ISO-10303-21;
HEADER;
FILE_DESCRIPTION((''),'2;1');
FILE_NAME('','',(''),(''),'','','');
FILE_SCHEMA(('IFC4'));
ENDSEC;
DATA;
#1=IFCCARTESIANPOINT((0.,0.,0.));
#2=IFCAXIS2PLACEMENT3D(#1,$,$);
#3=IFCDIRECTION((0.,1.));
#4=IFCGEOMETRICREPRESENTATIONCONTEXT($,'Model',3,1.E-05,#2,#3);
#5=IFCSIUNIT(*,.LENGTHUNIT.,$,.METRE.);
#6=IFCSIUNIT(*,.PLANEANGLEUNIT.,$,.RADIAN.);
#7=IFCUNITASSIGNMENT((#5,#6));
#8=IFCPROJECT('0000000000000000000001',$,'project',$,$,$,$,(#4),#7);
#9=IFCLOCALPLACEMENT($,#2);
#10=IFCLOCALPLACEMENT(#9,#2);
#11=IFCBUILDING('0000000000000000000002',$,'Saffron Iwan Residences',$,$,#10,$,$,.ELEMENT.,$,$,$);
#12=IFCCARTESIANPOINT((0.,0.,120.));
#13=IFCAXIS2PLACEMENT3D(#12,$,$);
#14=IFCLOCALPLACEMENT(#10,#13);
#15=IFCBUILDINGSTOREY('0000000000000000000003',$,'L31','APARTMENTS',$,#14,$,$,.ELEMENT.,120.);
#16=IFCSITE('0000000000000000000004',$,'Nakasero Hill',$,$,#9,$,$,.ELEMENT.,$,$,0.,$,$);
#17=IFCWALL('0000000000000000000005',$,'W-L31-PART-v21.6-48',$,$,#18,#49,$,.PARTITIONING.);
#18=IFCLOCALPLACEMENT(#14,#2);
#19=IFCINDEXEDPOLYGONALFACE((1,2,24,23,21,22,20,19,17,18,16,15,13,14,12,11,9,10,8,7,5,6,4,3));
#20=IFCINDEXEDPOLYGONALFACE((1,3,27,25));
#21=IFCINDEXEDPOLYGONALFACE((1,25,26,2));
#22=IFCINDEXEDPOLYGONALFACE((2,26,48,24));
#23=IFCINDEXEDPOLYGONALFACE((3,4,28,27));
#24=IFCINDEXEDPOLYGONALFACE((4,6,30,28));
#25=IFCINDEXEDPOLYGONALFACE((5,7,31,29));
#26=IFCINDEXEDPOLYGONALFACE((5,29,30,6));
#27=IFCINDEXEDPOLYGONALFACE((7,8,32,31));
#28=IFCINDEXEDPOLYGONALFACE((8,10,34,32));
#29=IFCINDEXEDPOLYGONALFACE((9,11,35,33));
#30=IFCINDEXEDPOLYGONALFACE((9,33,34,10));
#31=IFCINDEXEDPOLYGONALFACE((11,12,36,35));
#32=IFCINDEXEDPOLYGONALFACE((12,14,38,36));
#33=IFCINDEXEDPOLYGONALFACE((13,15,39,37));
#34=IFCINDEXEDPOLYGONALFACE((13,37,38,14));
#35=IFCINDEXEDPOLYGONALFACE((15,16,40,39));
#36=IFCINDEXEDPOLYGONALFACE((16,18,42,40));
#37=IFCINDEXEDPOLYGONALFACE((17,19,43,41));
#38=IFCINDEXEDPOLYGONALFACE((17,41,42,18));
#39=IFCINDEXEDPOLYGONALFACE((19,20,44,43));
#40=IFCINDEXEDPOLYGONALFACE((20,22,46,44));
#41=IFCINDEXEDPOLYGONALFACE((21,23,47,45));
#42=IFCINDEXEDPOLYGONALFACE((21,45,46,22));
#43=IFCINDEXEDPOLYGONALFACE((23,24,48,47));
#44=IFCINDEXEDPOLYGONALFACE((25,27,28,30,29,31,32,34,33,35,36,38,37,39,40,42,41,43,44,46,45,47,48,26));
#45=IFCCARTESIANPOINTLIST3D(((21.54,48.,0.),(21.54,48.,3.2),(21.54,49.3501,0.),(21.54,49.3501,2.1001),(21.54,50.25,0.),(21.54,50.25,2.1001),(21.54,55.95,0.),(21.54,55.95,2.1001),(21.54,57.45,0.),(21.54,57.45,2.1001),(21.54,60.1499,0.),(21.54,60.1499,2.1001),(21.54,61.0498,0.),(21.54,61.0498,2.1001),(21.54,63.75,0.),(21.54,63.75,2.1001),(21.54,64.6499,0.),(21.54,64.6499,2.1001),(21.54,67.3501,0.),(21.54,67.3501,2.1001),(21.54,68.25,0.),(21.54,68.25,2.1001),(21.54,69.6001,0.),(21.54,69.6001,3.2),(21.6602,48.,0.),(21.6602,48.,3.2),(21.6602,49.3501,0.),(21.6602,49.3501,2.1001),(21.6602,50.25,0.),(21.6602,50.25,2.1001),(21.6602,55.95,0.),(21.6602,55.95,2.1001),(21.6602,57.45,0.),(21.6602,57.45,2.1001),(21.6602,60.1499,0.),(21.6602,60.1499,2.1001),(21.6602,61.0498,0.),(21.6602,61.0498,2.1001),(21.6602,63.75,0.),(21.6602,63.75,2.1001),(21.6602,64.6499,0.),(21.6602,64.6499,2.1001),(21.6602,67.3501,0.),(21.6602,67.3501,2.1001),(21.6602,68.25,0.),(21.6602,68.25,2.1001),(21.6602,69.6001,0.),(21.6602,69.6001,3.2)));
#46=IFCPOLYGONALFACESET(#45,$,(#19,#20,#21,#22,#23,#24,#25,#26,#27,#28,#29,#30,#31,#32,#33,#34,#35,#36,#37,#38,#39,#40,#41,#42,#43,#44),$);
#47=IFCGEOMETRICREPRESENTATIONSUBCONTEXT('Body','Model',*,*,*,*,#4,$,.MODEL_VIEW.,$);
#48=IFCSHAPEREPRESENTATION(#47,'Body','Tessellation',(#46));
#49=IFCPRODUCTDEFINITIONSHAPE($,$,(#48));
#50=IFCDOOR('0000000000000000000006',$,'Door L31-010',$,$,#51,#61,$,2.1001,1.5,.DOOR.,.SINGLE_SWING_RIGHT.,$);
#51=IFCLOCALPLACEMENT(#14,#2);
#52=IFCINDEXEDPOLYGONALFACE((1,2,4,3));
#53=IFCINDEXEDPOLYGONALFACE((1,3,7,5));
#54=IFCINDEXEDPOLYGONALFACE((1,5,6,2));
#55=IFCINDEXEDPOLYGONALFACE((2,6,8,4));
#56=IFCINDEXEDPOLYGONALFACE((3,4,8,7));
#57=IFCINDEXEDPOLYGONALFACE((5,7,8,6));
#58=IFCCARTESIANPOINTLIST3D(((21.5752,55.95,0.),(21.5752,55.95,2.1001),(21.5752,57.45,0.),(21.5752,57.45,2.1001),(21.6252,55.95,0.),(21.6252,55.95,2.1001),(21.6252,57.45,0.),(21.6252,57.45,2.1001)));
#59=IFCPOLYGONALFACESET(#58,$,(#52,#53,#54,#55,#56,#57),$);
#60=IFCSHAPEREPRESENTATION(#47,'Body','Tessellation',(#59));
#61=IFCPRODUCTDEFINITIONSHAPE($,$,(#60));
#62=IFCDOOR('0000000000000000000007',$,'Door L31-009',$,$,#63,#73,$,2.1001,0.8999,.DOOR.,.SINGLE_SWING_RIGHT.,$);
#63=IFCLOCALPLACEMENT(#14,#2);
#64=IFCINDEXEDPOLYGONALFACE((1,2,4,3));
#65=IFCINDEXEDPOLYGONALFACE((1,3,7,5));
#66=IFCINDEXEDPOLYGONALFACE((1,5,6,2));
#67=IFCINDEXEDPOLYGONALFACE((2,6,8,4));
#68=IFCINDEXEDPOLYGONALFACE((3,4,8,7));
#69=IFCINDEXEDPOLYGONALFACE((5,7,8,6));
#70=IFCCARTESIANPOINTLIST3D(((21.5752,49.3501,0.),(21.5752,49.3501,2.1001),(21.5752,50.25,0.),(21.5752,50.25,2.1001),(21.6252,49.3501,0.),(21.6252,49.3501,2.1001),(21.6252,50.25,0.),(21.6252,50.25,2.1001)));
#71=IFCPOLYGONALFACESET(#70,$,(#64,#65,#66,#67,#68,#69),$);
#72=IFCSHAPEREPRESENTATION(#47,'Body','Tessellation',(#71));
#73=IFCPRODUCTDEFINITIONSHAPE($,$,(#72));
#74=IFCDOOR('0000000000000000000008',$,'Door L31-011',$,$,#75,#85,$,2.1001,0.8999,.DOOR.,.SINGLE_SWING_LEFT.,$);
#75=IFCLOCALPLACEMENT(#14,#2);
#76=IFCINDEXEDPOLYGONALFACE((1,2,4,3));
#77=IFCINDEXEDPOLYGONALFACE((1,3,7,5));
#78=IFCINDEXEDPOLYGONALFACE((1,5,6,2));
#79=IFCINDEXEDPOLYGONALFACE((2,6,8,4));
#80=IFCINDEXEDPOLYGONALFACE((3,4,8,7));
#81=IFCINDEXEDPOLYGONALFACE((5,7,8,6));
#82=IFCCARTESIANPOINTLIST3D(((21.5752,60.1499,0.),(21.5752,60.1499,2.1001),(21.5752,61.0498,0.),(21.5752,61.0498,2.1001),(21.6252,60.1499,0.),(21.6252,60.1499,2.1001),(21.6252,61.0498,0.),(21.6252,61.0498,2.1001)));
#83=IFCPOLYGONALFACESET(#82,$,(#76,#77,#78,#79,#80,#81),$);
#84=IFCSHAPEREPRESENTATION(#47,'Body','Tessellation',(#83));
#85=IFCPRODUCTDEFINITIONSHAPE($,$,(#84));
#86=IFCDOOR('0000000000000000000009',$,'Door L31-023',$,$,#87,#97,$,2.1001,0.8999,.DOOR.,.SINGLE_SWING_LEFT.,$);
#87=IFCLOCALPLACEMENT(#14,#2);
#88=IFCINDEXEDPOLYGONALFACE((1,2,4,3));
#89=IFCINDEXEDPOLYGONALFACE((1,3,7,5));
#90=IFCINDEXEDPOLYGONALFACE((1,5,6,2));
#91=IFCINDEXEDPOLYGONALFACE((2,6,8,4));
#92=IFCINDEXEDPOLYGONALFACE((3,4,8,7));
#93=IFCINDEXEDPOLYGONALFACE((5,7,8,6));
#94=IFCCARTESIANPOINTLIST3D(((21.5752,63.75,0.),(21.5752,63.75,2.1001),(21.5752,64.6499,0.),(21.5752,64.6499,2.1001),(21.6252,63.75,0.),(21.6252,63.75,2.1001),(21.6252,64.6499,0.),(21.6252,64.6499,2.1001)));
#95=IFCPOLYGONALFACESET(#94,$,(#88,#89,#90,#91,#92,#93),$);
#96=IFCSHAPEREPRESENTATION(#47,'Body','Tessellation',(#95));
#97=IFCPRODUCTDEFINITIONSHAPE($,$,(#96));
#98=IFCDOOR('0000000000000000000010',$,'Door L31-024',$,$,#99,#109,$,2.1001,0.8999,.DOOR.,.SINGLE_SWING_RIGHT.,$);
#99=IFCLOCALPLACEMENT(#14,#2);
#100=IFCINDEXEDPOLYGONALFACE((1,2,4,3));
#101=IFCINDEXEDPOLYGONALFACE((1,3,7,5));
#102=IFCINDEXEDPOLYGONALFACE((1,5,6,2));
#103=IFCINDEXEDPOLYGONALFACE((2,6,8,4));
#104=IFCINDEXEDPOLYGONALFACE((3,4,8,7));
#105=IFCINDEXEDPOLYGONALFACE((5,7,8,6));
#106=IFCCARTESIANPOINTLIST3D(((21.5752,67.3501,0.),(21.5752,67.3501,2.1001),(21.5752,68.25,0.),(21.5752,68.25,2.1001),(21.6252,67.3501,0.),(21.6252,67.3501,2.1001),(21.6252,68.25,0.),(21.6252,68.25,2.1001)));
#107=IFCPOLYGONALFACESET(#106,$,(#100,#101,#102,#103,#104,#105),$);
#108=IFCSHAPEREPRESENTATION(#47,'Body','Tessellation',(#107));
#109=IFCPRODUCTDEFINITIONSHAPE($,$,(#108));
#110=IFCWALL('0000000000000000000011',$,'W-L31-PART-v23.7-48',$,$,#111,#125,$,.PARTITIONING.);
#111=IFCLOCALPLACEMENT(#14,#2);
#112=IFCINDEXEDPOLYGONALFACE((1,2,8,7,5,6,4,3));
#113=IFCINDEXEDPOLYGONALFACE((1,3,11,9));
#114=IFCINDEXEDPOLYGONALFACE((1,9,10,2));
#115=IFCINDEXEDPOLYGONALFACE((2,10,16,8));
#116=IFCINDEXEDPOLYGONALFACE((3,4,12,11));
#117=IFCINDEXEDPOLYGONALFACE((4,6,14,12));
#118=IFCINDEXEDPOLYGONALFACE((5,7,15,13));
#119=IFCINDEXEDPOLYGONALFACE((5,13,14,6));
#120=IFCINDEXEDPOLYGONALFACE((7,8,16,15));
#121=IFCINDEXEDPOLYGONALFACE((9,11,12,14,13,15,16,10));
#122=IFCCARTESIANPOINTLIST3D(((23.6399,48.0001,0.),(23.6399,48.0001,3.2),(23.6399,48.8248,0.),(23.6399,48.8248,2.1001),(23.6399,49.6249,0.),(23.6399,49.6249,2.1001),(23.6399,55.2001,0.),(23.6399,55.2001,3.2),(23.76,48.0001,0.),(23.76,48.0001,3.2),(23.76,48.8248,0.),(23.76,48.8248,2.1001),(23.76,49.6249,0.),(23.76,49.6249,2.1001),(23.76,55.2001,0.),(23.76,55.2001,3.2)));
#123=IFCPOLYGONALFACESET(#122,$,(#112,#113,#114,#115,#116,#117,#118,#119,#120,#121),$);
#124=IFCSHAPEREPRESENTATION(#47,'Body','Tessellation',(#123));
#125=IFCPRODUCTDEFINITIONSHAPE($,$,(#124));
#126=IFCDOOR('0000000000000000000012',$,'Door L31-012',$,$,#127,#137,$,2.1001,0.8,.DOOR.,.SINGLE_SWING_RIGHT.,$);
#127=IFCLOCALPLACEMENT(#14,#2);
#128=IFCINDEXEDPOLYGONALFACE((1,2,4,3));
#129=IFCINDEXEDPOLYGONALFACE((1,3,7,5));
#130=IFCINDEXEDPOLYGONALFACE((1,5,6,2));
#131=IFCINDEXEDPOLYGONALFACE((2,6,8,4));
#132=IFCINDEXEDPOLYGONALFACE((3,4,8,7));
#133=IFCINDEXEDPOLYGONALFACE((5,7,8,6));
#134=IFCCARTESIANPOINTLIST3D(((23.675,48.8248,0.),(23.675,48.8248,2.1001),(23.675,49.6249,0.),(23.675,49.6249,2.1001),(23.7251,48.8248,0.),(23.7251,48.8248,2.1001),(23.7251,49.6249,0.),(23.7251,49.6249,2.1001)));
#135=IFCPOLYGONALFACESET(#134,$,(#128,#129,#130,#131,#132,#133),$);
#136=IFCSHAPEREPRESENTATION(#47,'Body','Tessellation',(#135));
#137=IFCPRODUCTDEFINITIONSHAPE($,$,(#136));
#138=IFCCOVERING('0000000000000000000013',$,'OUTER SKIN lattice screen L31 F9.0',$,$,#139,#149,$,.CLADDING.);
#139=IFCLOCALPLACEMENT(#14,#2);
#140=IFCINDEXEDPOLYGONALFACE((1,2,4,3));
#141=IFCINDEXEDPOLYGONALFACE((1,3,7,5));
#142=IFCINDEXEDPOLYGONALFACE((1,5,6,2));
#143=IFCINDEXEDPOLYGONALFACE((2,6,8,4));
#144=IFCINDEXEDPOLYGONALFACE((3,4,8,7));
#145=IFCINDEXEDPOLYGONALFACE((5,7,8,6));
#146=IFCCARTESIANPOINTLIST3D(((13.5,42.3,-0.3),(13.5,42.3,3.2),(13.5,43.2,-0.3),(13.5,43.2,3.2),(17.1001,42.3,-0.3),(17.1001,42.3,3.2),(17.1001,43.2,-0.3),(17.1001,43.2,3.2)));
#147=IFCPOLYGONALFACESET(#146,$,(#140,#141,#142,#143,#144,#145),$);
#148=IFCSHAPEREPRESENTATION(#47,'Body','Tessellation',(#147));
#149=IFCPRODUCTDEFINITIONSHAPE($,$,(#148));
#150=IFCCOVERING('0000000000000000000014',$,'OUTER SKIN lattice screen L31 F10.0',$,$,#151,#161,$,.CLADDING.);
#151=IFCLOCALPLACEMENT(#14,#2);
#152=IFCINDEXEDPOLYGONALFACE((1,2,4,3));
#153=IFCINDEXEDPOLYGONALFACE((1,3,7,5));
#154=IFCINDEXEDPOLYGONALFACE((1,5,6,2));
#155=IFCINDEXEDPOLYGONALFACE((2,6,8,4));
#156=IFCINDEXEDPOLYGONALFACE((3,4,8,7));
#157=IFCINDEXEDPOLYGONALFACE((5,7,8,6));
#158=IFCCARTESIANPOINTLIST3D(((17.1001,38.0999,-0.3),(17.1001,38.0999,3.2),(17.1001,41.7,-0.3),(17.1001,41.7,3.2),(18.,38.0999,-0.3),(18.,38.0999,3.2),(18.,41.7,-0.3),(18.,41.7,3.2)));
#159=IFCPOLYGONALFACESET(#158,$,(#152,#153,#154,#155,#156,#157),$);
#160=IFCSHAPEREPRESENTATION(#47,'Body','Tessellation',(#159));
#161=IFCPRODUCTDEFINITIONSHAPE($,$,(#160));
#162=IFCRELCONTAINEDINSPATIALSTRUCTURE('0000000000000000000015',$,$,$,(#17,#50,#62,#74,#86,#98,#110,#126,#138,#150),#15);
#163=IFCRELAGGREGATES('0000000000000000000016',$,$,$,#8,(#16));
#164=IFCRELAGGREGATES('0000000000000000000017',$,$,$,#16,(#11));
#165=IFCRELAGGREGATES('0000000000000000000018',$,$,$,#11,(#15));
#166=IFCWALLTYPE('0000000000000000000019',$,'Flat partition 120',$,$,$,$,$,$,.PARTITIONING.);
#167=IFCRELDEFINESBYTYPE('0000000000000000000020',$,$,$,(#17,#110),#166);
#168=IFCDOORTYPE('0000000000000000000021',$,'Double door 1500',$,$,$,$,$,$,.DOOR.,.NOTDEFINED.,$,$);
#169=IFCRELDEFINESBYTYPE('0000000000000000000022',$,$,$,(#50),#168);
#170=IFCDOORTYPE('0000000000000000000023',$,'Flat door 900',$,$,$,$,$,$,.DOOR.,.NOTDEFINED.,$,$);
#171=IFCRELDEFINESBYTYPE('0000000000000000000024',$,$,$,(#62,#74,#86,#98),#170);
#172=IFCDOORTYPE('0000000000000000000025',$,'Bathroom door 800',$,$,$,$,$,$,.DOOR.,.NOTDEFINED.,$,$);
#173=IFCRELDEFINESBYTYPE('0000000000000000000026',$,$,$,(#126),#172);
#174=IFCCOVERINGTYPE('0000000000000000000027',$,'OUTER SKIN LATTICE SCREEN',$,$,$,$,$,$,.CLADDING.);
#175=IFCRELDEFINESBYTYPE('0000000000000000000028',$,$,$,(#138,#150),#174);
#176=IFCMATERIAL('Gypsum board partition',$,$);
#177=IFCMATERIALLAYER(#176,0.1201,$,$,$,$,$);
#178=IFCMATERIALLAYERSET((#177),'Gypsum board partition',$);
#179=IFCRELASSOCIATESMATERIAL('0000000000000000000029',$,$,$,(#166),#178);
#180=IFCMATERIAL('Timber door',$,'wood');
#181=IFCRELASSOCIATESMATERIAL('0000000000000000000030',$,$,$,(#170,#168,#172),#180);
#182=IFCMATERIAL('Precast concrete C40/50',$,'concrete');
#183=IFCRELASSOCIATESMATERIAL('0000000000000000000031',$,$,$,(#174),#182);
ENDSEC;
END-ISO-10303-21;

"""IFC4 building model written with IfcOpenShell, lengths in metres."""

from ifc_helpers import new_model, si_unit, direction, frame, frame_2d, origin, place, context, subcontext, project, spatial, polyline, rectangle, outline, extrude, material, layer, layer_set, type_object, element, fill, save


model = new_model("IFC4")

# Units and contexts
model_context = context("Model", 3, precision=1e-05, world=origin(), true_north=direction((0.0, 1.0)))
body_context = subcontext(model_context, "Body", "Model", "MODEL_VIEW")
ifc_project = project(units=[si_unit("LENGTHUNIT", "METRE"), si_unit("PLANEANGLEUNIT", "RADIAN")], contexts=[model_context])

# Site, building, storey
site_placement = place(None, origin())
site = spatial("IfcSite", under=ifc_project, at=site_placement, Name="Nakasero Hill", CompositionType="ELEMENT", RefElevation=0.0)
building_placement = place(site_placement, origin())
building = spatial("IfcBuilding", under=site, at=building_placement, Name="Saffron Iwan Residences", CompositionType="ELEMENT")
storey_placement = place(building_placement, frame((0.0, 0.0, 120.0)))
storey = spatial("IfcBuildingStorey", under=building, at=storey_placement, Name="L31", Description="APARTMENTS", CompositionType="ELEMENT", Elevation=120.0)

# Wall, openings, doors
ifc_material_1 = material(Name="Gypsum board partition")
ifc_layer_1 = layer(ifc_material_1, 0.1201)
ifc_layer_set_1 = layer_set([ifc_layer_1], Name="Gypsum board partition")
wall_type_1 = type_object("IfcWallType", Name="Flat partition 120", PredefinedType="PARTITIONING", material=ifc_layer_set_1)
ifc_material_2 = material(Name="Timber door", Category="wood")
door_type_1 = type_object("IfcDoorType", Name="Flat door 900", OperationType="NOTDEFINED", PredefinedType="DOOR", material=ifc_material_2)
wall_1_placement = place(storey_placement, frame((21.6001, 48.0, 0.0), z_axis=(0.0, 0.0, 1.0), x_axis=(0.0, 1.0, 0.0)))
wall_1 = element("IfcWall", 1, at=wall_1_placement, inside=storey, type_object=wall_type_1, Name="W-L31-PART-v21.6-48", PredefinedType="PARTITIONING", context=body_context, shape_type="SweptSolid", body=[
    extrude(rectangle(XDim=21.6001, YDim=0.1201, at=frame_2d((10.8, 0.0))), origin(), (0.0, 0.0, 1.0), 3.2),
])
opening_1_placement = place(wall_1_placement, frame((1.3501, 0.0, 0.0)))
opening_1 = element("IfcOpeningElement", 2, at=opening_1_placement, cuts=wall_1, PredefinedType="OPENING", context=body_context, shape_type="SweptSolid", body=[
    extrude(rectangle(XDim=0.8999, YDim=2.1001, at=frame_2d((0.45, 1.05))), frame((0.0, 0.0701, 0.0), z_axis=(0.0, -1.0, 0.0), x_axis=(1.0, 0.0, 0.0)), (0.0, 0.0, 1.0), 0.1401),
])
opening_2_placement = place(wall_1_placement, frame((7.95, 0.0, 0.0)))
opening_2 = element("IfcOpeningElement", 3, at=opening_2_placement, cuts=wall_1, PredefinedType="OPENING", context=body_context, shape_type="SweptSolid", body=[
    extrude(rectangle(XDim=1.5, YDim=2.1001, at=frame_2d((0.75, 1.05))), frame((0.0, 0.0701, 0.0), z_axis=(0.0, -1.0, 0.0), x_axis=(1.0, 0.0, 0.0)), (0.0, 0.0, 1.0), 0.1401),
])
opening_3_placement = place(wall_1_placement, frame((12.1499, 0.0, 0.0)))
opening_3 = element("IfcOpeningElement", 4, at=opening_3_placement, cuts=wall_1, PredefinedType="OPENING", context=body_context, shape_type="SweptSolid", body=[
    extrude(rectangle(XDim=0.8999, YDim=2.1001, at=frame_2d((0.45, 1.05))), frame((0.0, 0.0701, 0.0), z_axis=(0.0, -1.0, 0.0), x_axis=(1.0, 0.0, 0.0)), (0.0, 0.0, 1.0), 0.1401),
])
opening_4_placement = place(wall_1_placement, frame((15.75, 0.0, 0.0)))
opening_4 = element("IfcOpeningElement", 5, at=opening_4_placement, cuts=wall_1, PredefinedType="OPENING", context=body_context, shape_type="SweptSolid", body=[
    extrude(rectangle(XDim=0.8999, YDim=2.1001, at=frame_2d((0.45, 1.05))), frame((0.0, 0.0701, 0.0), z_axis=(0.0, -1.0, 0.0), x_axis=(1.0, 0.0, 0.0)), (0.0, 0.0, 1.0), 0.1401),
])
opening_5_placement = place(wall_1_placement, frame((19.3501, 0.0, 0.0)))
opening_5 = element("IfcOpeningElement", 6, at=opening_5_placement, cuts=wall_1, PredefinedType="OPENING", context=body_context, shape_type="SweptSolid", body=[
    extrude(rectangle(XDim=0.8999, YDim=2.1001, at=frame_2d((0.45, 1.05))), frame((0.0, 0.0701, 0.0), z_axis=(0.0, -1.0, 0.0), x_axis=(1.0, 0.0, 0.0)), (0.0, 0.0, 1.0), 0.1401),
])
door_type_2 = type_object("IfcDoorType", Name="Double door 1500", OperationType="NOTDEFINED", PredefinedType="DOOR", material=ifc_material_2)
door_1_placement = place(opening_2_placement, origin())
door_1 = element("IfcDoor", 7, at=door_1_placement, inside=storey, type_object=door_type_2, Name="Door L31-010", OperationType="SINGLE_SWING_RIGHT", OverallHeight=2.1001, OverallWidth=1.5, PredefinedType="DOOR", context=body_context, shape_type="SweptSolid", body=[
    extrude(rectangle(XDim=1.5, YDim=2.1001, at=frame_2d((0.75, 1.05))), frame((0.0, 0.0249, 0.0), z_axis=(0.0, -1.0, 0.0), x_axis=(1.0, 0.0, 0.0)), (0.0, 0.0, 1.0), 0.05),
])
fill(opening_2, door_1)
door_2_placement = place(opening_1_placement, origin())
door_2 = element("IfcDoor", 8, at=door_2_placement, inside=storey, type_object=door_type_1, Name="Door L31-009", OperationType="SINGLE_SWING_RIGHT", OverallHeight=2.1001, OverallWidth=0.8999, PredefinedType="DOOR", context=body_context, shape_type="SweptSolid", body=[
    extrude(rectangle(XDim=0.8999, YDim=2.1001, at=frame_2d((0.45, 1.05))), frame((0.0, 0.0249, 0.0), z_axis=(0.0, -1.0, 0.0), x_axis=(1.0, 0.0, 0.0)), (0.0, 0.0, 1.0), 0.05),
])
fill(opening_1, door_2)
door_3_placement = place(opening_3_placement, origin())
door_3 = element("IfcDoor", 9, at=door_3_placement, inside=storey, type_object=door_type_1, Name="Door L31-011", OperationType="SINGLE_SWING_LEFT", OverallHeight=2.1001, OverallWidth=0.8999, PredefinedType="DOOR", context=body_context, shape_type="SweptSolid", body=[
    extrude(rectangle(XDim=0.8999, YDim=2.1001, at=frame_2d((0.45, 1.05))), frame((0.0, 0.0249, 0.0), z_axis=(0.0, -1.0, 0.0), x_axis=(1.0, 0.0, 0.0)), (0.0, 0.0, 1.0), 0.05),
])
fill(opening_3, door_3)
door_4_placement = place(opening_4_placement, origin())
door_4 = element("IfcDoor", 10, at=door_4_placement, inside=storey, type_object=door_type_1, Name="Door L31-023", OperationType="SINGLE_SWING_LEFT", OverallHeight=2.1001, OverallWidth=0.8999, PredefinedType="DOOR", context=body_context, shape_type="SweptSolid", body=[
    extrude(rectangle(XDim=0.8999, YDim=2.1001, at=frame_2d((0.45, 1.05))), frame((0.0, 0.0249, 0.0), z_axis=(0.0, -1.0, 0.0), x_axis=(1.0, 0.0, 0.0)), (0.0, 0.0, 1.0), 0.05),
])
fill(opening_4, door_4)
door_5_placement = place(opening_5_placement, origin())
door_5 = element("IfcDoor", 11, at=door_5_placement, inside=storey, type_object=door_type_1, Name="Door L31-024", OperationType="SINGLE_SWING_RIGHT", OverallHeight=2.1001, OverallWidth=0.8999, PredefinedType="DOOR", context=body_context, shape_type="SweptSolid", body=[
    extrude(rectangle(XDim=0.8999, YDim=2.1001, at=frame_2d((0.45, 1.05))), frame((0.0, 0.0249, 0.0), z_axis=(0.0, -1.0, 0.0), x_axis=(1.0, 0.0, 0.0)), (0.0, 0.0, 1.0), 0.05),
])
fill(opening_5, door_5)

# Wall, opening, door
wall_2_placement = place(storey_placement, frame((23.7, 48.0, 0.0), z_axis=(0.0, 0.0, 1.0), x_axis=(0.0, 1.0, 0.0)))
wall_2 = element("IfcWall", 12, at=wall_2_placement, inside=storey, type_object=wall_type_1, Name="W-L31-PART-v23.7-48", PredefinedType="PARTITIONING", context=body_context, shape_type="SweptSolid", body=[
    extrude(rectangle(XDim=7.2, YDim=0.1201, at=frame_2d((3.6001, 0.0))), origin(), (0.0, 0.0, 1.0), 3.2),
])
opening_6_placement = place(wall_2_placement, frame((0.825, 0.0, 0.0)))
opening_6 = element("IfcOpeningElement", 13, at=opening_6_placement, cuts=wall_2, PredefinedType="OPENING", context=body_context, shape_type="SweptSolid", body=[
    extrude(rectangle(XDim=0.8, YDim=2.1001, at=frame_2d((0.3999, 1.05))), frame((0.0, 0.0701, 0.0), z_axis=(0.0, -1.0, 0.0), x_axis=(1.0, 0.0, 0.0)), (0.0, 0.0, 1.0), 0.1401),
])
door_type_3 = type_object("IfcDoorType", Name="Bathroom door 800", OperationType="NOTDEFINED", PredefinedType="DOOR", material=ifc_material_2)
door_6_placement = place(opening_6_placement, origin())
door_6 = element("IfcDoor", 14, at=door_6_placement, inside=storey, type_object=door_type_3, Name="Door L31-012", OperationType="SINGLE_SWING_RIGHT", OverallHeight=2.1001, OverallWidth=0.8, PredefinedType="DOOR", context=body_context, shape_type="SweptSolid", body=[
    extrude(rectangle(XDim=0.8, YDim=2.1001, at=frame_2d((0.3999, 1.05))), frame((0.0, 0.0249, 0.0), z_axis=(0.0, -1.0, 0.0), x_axis=(1.0, 0.0, 0.0)), (0.0, 0.0, 1.0), 0.05),
])
fill(opening_6, door_6)

# Coverings
ifc_material_3 = material(Name="Precast concrete C40/50", Category="concrete")
covering_type = type_object("IfcCoveringType", Name="OUTER SKIN LATTICE SCREEN", PredefinedType="CLADDING", material=ifc_material_3)
for number, where, z_axis, x_axis, name in (
    (15, (13.5, 43.2, -0.3), (0.0, -1.0, 0.0), (1.0, 0.0, 0.0), "OUTER SKIN lattice screen L31 F9.0"),
    (16, (18.0, 41.7, -0.3), (-1.0, 0.0, 0.0), (0.0, -1.0, 0.0), "OUTER SKIN lattice screen L31 F10.0"),
):
    element("IfcCovering", number, at=place(storey_placement, frame(where, z_axis=z_axis, x_axis=x_axis)), inside=storey, type_object=covering_type, Name=name, PredefinedType="CLADDING", context=body_context, shape_type="SweptSolid", body=[
        extrude(outline(polyline([(0.0, 0.0), (3.6001, 0.0), (3.6001, 3.5), (0.0, 3.5), (0.0, 0.0)])), origin(), (0.0, 0.0, 1.0), 0.8999),
    ])

save(model, "model.ifc")
